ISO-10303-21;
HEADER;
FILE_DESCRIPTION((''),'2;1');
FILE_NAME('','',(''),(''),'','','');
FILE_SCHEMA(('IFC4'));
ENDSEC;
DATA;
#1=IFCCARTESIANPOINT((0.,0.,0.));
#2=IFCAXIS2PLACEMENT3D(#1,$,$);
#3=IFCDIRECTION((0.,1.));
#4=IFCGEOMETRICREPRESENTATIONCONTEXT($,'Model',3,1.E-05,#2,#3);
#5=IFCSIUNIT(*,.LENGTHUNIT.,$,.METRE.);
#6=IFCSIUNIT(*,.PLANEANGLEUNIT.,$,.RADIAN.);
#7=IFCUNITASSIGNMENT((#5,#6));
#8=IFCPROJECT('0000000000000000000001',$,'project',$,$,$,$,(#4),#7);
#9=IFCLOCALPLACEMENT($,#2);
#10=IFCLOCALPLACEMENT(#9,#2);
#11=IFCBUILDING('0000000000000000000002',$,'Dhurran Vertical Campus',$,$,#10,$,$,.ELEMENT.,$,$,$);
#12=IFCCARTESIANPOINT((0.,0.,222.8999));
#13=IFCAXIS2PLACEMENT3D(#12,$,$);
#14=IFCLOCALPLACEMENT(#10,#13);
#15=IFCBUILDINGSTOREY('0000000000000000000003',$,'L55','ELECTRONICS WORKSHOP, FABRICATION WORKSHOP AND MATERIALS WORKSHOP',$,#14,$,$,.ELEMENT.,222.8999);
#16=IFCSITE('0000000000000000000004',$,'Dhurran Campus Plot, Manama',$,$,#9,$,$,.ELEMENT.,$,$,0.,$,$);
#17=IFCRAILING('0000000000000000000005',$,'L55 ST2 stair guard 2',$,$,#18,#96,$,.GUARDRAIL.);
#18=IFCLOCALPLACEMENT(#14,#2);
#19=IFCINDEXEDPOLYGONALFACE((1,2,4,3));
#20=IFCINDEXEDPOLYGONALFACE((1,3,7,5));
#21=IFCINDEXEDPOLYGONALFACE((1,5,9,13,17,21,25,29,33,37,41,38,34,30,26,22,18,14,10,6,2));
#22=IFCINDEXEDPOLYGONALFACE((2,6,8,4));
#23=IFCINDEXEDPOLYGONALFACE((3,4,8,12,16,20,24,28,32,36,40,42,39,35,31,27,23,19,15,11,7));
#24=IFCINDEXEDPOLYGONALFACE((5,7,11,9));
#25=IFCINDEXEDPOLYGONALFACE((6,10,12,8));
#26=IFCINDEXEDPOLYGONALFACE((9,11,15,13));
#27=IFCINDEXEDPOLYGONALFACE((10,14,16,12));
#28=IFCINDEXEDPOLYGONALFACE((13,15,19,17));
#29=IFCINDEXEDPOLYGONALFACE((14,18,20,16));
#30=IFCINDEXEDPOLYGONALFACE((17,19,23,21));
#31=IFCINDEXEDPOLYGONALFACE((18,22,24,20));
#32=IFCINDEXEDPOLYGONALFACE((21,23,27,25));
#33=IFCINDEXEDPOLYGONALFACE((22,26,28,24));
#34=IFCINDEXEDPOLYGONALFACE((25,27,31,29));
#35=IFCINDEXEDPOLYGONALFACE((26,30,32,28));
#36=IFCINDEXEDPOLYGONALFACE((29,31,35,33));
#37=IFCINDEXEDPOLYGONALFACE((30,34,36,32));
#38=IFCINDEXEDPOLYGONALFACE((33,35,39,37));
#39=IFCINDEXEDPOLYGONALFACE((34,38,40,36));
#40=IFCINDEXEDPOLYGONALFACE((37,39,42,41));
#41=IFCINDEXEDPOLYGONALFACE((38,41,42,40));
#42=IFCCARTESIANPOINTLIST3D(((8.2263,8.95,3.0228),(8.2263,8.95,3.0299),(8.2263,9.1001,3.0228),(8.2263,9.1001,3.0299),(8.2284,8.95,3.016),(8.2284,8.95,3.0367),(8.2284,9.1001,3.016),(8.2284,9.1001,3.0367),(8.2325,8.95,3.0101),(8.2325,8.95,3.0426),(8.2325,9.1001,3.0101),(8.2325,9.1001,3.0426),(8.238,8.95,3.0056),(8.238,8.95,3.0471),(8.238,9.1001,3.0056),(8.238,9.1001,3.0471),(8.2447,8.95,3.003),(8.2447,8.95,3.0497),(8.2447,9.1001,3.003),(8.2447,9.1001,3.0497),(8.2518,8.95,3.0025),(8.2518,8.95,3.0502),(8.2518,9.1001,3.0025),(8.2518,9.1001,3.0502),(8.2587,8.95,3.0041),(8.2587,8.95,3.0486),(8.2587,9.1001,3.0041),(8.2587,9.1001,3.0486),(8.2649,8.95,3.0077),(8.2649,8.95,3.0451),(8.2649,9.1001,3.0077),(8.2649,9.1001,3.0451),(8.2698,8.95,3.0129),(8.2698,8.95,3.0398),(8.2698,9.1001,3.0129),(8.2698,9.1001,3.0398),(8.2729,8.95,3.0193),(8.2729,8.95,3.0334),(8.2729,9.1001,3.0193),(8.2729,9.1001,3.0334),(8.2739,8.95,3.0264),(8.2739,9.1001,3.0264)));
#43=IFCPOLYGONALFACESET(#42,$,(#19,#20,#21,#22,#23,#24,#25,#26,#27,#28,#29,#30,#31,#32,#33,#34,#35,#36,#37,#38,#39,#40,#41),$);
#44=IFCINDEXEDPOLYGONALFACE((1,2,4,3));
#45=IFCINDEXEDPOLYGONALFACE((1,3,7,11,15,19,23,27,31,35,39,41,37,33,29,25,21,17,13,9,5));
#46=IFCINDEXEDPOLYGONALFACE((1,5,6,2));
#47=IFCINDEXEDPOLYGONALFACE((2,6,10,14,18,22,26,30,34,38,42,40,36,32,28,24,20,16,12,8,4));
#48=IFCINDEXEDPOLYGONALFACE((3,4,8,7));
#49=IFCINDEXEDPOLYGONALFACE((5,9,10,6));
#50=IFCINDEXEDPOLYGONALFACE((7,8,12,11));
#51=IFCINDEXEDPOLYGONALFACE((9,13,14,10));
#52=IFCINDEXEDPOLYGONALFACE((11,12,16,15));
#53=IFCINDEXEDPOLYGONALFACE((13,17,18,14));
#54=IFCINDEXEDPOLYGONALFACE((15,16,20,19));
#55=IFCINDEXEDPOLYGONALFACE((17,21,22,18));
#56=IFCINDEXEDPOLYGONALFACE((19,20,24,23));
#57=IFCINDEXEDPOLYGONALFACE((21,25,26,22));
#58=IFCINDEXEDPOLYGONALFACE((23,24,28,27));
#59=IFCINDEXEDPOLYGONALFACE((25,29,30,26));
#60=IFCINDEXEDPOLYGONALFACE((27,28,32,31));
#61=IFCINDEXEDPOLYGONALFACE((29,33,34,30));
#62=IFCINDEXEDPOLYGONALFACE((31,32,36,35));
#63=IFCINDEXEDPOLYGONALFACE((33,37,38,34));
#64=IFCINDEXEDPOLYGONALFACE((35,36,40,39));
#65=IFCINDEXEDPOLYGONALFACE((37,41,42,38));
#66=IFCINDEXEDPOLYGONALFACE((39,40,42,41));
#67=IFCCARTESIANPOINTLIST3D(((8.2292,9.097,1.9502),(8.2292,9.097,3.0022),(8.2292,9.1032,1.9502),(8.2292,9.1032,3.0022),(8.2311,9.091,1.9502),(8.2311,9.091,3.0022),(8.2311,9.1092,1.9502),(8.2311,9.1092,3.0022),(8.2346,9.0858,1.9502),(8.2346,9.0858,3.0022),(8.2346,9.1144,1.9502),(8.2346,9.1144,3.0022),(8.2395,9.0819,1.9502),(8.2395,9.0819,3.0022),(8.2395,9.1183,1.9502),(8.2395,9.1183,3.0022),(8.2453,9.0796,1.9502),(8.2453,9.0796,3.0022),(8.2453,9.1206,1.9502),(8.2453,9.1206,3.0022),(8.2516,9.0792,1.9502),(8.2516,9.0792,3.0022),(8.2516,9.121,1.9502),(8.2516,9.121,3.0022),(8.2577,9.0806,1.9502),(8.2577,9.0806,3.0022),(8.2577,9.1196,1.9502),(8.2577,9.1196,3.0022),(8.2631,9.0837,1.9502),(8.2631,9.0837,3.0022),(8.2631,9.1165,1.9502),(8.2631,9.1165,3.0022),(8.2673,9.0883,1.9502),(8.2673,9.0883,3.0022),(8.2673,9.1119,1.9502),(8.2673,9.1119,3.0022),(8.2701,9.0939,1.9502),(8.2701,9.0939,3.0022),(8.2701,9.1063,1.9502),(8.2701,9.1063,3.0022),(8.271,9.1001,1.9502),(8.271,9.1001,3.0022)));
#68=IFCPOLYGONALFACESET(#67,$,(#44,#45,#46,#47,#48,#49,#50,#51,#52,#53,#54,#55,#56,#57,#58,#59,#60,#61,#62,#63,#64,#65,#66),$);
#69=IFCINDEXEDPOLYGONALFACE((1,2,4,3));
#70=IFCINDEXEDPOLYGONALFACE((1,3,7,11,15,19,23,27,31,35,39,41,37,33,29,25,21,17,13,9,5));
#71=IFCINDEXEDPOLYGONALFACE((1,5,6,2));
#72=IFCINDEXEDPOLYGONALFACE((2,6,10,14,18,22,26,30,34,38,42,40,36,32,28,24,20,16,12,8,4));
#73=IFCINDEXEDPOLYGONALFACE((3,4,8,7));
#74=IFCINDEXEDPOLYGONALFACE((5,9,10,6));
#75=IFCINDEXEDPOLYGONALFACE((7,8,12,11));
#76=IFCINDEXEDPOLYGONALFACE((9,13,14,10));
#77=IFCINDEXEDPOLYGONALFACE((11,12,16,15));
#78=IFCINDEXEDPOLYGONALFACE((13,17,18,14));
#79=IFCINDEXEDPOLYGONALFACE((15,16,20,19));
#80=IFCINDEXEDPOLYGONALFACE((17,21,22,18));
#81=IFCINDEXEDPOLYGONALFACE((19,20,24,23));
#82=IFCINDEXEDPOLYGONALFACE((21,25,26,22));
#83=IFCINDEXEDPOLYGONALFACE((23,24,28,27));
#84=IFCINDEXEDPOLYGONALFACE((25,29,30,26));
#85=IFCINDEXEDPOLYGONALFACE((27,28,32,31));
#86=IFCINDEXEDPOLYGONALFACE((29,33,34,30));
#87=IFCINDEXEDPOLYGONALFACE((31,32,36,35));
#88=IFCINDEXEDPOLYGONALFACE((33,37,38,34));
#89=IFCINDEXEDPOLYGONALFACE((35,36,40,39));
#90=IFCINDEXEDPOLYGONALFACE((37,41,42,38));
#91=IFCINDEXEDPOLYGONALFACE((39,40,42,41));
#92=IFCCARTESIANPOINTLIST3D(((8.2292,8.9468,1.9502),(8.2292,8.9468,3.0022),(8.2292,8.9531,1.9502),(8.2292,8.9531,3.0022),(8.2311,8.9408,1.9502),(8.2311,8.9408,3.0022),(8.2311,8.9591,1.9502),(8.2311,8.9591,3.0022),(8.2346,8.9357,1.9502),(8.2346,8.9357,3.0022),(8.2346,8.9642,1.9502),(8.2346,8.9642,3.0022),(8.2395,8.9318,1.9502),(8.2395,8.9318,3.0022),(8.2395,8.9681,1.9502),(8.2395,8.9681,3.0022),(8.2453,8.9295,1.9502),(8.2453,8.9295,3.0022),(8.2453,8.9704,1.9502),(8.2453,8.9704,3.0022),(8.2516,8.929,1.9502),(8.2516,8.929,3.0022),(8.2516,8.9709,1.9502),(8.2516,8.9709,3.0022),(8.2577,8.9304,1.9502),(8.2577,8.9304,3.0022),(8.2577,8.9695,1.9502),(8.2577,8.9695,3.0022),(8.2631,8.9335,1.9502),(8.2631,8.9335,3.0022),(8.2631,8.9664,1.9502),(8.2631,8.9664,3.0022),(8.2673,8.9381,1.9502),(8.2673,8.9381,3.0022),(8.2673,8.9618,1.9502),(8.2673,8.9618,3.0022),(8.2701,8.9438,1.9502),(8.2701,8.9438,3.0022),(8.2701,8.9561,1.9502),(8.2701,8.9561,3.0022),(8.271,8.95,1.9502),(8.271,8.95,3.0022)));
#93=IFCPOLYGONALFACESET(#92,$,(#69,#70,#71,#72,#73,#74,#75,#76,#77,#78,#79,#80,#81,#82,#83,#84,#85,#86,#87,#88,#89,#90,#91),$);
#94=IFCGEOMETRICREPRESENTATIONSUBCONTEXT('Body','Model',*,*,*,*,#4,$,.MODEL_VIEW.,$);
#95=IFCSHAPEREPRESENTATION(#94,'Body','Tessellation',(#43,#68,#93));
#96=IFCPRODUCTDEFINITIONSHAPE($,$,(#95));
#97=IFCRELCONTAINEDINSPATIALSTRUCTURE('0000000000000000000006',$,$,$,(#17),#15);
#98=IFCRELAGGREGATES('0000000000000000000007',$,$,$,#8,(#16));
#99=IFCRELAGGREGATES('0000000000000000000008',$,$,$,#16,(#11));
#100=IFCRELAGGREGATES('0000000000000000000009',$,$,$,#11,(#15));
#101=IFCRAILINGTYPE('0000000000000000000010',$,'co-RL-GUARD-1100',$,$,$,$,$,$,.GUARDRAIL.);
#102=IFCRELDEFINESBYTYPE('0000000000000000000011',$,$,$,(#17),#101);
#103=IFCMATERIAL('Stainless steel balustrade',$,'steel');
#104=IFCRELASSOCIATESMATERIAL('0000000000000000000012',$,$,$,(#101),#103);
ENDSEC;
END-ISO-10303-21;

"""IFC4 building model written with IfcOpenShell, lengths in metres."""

from ifc_helpers import new_model, si_unit, direction, frame, origin, origin_2d, place, context, subcontext, project, spatial, circle, extrude, material, type_object, element, save


model = new_model("IFC4")

# Units and contexts
model_context = context("Model", 3, precision=1e-05, world=origin(), true_north=direction((0.0, 1.0)))
body_context = subcontext(model_context, "Body", "Model", "MODEL_VIEW")
ifc_project = project(units=[si_unit("LENGTHUNIT", "METRE"), si_unit("PLANEANGLEUNIT", "RADIAN")], contexts=[model_context])

# Site, building, storey
site_placement = place(None, origin())
site = spatial("IfcSite", under=ifc_project, at=site_placement, Name="Dhurran Campus Plot, Manama", CompositionType="ELEMENT", RefElevation=0.0)
building_placement = place(site_placement, origin())
building = spatial("IfcBuilding", under=site, at=building_placement, Name="Dhurran Vertical Campus", CompositionType="ELEMENT")
storey_placement = place(building_placement, frame((0.0, 0.0, 222.8999)))
storey = spatial("IfcBuildingStorey", under=building, at=storey_placement, Name="L55", Description="ELECTRONICS WORKSHOP, FABRICATION WORKSHOP AND MATERIALS WORKSHOP", CompositionType="ELEMENT", Elevation=222.8999)

# Railing
ifc_material_1 = material(Name="Stainless steel balustrade", Category="steel")
railing_type_1 = type_object("IfcRailingType", Name="co-RL-GUARD-1100", PredefinedType="GUARDRAIL", material=ifc_material_1)
railing_1_placement = place(storey_placement, frame((8.25, 9.1001, 1.9502)))
element("IfcRailing", 1, at=railing_1_placement, inside=storey, type_object=railing_type_1, Name="L55 ST2 stair guard 2", PredefinedType="GUARDRAIL", context=body_context, shape_type="SweptSolid", body=[
    extrude(circle(Radius=0.0239, at=origin_2d()), frame((0.0, 0.0, 1.0762), z_axis=(0.0, -1.0, 0.0), x_axis=(1.0, 0.0, 0.0)), (0.0, 0.0, 1.0), 0.1501),
    extrude(circle(Radius=0.021, at=origin_2d()), origin(), (0.0, 0.0, 1.0), 1.052),
    extrude(circle(Radius=0.021, at=origin_2d()), frame((0.0, -0.1501, 0.0)), (0.0, 0.0, 1.0), 1.052),
])

save(model, "model.ifc")
